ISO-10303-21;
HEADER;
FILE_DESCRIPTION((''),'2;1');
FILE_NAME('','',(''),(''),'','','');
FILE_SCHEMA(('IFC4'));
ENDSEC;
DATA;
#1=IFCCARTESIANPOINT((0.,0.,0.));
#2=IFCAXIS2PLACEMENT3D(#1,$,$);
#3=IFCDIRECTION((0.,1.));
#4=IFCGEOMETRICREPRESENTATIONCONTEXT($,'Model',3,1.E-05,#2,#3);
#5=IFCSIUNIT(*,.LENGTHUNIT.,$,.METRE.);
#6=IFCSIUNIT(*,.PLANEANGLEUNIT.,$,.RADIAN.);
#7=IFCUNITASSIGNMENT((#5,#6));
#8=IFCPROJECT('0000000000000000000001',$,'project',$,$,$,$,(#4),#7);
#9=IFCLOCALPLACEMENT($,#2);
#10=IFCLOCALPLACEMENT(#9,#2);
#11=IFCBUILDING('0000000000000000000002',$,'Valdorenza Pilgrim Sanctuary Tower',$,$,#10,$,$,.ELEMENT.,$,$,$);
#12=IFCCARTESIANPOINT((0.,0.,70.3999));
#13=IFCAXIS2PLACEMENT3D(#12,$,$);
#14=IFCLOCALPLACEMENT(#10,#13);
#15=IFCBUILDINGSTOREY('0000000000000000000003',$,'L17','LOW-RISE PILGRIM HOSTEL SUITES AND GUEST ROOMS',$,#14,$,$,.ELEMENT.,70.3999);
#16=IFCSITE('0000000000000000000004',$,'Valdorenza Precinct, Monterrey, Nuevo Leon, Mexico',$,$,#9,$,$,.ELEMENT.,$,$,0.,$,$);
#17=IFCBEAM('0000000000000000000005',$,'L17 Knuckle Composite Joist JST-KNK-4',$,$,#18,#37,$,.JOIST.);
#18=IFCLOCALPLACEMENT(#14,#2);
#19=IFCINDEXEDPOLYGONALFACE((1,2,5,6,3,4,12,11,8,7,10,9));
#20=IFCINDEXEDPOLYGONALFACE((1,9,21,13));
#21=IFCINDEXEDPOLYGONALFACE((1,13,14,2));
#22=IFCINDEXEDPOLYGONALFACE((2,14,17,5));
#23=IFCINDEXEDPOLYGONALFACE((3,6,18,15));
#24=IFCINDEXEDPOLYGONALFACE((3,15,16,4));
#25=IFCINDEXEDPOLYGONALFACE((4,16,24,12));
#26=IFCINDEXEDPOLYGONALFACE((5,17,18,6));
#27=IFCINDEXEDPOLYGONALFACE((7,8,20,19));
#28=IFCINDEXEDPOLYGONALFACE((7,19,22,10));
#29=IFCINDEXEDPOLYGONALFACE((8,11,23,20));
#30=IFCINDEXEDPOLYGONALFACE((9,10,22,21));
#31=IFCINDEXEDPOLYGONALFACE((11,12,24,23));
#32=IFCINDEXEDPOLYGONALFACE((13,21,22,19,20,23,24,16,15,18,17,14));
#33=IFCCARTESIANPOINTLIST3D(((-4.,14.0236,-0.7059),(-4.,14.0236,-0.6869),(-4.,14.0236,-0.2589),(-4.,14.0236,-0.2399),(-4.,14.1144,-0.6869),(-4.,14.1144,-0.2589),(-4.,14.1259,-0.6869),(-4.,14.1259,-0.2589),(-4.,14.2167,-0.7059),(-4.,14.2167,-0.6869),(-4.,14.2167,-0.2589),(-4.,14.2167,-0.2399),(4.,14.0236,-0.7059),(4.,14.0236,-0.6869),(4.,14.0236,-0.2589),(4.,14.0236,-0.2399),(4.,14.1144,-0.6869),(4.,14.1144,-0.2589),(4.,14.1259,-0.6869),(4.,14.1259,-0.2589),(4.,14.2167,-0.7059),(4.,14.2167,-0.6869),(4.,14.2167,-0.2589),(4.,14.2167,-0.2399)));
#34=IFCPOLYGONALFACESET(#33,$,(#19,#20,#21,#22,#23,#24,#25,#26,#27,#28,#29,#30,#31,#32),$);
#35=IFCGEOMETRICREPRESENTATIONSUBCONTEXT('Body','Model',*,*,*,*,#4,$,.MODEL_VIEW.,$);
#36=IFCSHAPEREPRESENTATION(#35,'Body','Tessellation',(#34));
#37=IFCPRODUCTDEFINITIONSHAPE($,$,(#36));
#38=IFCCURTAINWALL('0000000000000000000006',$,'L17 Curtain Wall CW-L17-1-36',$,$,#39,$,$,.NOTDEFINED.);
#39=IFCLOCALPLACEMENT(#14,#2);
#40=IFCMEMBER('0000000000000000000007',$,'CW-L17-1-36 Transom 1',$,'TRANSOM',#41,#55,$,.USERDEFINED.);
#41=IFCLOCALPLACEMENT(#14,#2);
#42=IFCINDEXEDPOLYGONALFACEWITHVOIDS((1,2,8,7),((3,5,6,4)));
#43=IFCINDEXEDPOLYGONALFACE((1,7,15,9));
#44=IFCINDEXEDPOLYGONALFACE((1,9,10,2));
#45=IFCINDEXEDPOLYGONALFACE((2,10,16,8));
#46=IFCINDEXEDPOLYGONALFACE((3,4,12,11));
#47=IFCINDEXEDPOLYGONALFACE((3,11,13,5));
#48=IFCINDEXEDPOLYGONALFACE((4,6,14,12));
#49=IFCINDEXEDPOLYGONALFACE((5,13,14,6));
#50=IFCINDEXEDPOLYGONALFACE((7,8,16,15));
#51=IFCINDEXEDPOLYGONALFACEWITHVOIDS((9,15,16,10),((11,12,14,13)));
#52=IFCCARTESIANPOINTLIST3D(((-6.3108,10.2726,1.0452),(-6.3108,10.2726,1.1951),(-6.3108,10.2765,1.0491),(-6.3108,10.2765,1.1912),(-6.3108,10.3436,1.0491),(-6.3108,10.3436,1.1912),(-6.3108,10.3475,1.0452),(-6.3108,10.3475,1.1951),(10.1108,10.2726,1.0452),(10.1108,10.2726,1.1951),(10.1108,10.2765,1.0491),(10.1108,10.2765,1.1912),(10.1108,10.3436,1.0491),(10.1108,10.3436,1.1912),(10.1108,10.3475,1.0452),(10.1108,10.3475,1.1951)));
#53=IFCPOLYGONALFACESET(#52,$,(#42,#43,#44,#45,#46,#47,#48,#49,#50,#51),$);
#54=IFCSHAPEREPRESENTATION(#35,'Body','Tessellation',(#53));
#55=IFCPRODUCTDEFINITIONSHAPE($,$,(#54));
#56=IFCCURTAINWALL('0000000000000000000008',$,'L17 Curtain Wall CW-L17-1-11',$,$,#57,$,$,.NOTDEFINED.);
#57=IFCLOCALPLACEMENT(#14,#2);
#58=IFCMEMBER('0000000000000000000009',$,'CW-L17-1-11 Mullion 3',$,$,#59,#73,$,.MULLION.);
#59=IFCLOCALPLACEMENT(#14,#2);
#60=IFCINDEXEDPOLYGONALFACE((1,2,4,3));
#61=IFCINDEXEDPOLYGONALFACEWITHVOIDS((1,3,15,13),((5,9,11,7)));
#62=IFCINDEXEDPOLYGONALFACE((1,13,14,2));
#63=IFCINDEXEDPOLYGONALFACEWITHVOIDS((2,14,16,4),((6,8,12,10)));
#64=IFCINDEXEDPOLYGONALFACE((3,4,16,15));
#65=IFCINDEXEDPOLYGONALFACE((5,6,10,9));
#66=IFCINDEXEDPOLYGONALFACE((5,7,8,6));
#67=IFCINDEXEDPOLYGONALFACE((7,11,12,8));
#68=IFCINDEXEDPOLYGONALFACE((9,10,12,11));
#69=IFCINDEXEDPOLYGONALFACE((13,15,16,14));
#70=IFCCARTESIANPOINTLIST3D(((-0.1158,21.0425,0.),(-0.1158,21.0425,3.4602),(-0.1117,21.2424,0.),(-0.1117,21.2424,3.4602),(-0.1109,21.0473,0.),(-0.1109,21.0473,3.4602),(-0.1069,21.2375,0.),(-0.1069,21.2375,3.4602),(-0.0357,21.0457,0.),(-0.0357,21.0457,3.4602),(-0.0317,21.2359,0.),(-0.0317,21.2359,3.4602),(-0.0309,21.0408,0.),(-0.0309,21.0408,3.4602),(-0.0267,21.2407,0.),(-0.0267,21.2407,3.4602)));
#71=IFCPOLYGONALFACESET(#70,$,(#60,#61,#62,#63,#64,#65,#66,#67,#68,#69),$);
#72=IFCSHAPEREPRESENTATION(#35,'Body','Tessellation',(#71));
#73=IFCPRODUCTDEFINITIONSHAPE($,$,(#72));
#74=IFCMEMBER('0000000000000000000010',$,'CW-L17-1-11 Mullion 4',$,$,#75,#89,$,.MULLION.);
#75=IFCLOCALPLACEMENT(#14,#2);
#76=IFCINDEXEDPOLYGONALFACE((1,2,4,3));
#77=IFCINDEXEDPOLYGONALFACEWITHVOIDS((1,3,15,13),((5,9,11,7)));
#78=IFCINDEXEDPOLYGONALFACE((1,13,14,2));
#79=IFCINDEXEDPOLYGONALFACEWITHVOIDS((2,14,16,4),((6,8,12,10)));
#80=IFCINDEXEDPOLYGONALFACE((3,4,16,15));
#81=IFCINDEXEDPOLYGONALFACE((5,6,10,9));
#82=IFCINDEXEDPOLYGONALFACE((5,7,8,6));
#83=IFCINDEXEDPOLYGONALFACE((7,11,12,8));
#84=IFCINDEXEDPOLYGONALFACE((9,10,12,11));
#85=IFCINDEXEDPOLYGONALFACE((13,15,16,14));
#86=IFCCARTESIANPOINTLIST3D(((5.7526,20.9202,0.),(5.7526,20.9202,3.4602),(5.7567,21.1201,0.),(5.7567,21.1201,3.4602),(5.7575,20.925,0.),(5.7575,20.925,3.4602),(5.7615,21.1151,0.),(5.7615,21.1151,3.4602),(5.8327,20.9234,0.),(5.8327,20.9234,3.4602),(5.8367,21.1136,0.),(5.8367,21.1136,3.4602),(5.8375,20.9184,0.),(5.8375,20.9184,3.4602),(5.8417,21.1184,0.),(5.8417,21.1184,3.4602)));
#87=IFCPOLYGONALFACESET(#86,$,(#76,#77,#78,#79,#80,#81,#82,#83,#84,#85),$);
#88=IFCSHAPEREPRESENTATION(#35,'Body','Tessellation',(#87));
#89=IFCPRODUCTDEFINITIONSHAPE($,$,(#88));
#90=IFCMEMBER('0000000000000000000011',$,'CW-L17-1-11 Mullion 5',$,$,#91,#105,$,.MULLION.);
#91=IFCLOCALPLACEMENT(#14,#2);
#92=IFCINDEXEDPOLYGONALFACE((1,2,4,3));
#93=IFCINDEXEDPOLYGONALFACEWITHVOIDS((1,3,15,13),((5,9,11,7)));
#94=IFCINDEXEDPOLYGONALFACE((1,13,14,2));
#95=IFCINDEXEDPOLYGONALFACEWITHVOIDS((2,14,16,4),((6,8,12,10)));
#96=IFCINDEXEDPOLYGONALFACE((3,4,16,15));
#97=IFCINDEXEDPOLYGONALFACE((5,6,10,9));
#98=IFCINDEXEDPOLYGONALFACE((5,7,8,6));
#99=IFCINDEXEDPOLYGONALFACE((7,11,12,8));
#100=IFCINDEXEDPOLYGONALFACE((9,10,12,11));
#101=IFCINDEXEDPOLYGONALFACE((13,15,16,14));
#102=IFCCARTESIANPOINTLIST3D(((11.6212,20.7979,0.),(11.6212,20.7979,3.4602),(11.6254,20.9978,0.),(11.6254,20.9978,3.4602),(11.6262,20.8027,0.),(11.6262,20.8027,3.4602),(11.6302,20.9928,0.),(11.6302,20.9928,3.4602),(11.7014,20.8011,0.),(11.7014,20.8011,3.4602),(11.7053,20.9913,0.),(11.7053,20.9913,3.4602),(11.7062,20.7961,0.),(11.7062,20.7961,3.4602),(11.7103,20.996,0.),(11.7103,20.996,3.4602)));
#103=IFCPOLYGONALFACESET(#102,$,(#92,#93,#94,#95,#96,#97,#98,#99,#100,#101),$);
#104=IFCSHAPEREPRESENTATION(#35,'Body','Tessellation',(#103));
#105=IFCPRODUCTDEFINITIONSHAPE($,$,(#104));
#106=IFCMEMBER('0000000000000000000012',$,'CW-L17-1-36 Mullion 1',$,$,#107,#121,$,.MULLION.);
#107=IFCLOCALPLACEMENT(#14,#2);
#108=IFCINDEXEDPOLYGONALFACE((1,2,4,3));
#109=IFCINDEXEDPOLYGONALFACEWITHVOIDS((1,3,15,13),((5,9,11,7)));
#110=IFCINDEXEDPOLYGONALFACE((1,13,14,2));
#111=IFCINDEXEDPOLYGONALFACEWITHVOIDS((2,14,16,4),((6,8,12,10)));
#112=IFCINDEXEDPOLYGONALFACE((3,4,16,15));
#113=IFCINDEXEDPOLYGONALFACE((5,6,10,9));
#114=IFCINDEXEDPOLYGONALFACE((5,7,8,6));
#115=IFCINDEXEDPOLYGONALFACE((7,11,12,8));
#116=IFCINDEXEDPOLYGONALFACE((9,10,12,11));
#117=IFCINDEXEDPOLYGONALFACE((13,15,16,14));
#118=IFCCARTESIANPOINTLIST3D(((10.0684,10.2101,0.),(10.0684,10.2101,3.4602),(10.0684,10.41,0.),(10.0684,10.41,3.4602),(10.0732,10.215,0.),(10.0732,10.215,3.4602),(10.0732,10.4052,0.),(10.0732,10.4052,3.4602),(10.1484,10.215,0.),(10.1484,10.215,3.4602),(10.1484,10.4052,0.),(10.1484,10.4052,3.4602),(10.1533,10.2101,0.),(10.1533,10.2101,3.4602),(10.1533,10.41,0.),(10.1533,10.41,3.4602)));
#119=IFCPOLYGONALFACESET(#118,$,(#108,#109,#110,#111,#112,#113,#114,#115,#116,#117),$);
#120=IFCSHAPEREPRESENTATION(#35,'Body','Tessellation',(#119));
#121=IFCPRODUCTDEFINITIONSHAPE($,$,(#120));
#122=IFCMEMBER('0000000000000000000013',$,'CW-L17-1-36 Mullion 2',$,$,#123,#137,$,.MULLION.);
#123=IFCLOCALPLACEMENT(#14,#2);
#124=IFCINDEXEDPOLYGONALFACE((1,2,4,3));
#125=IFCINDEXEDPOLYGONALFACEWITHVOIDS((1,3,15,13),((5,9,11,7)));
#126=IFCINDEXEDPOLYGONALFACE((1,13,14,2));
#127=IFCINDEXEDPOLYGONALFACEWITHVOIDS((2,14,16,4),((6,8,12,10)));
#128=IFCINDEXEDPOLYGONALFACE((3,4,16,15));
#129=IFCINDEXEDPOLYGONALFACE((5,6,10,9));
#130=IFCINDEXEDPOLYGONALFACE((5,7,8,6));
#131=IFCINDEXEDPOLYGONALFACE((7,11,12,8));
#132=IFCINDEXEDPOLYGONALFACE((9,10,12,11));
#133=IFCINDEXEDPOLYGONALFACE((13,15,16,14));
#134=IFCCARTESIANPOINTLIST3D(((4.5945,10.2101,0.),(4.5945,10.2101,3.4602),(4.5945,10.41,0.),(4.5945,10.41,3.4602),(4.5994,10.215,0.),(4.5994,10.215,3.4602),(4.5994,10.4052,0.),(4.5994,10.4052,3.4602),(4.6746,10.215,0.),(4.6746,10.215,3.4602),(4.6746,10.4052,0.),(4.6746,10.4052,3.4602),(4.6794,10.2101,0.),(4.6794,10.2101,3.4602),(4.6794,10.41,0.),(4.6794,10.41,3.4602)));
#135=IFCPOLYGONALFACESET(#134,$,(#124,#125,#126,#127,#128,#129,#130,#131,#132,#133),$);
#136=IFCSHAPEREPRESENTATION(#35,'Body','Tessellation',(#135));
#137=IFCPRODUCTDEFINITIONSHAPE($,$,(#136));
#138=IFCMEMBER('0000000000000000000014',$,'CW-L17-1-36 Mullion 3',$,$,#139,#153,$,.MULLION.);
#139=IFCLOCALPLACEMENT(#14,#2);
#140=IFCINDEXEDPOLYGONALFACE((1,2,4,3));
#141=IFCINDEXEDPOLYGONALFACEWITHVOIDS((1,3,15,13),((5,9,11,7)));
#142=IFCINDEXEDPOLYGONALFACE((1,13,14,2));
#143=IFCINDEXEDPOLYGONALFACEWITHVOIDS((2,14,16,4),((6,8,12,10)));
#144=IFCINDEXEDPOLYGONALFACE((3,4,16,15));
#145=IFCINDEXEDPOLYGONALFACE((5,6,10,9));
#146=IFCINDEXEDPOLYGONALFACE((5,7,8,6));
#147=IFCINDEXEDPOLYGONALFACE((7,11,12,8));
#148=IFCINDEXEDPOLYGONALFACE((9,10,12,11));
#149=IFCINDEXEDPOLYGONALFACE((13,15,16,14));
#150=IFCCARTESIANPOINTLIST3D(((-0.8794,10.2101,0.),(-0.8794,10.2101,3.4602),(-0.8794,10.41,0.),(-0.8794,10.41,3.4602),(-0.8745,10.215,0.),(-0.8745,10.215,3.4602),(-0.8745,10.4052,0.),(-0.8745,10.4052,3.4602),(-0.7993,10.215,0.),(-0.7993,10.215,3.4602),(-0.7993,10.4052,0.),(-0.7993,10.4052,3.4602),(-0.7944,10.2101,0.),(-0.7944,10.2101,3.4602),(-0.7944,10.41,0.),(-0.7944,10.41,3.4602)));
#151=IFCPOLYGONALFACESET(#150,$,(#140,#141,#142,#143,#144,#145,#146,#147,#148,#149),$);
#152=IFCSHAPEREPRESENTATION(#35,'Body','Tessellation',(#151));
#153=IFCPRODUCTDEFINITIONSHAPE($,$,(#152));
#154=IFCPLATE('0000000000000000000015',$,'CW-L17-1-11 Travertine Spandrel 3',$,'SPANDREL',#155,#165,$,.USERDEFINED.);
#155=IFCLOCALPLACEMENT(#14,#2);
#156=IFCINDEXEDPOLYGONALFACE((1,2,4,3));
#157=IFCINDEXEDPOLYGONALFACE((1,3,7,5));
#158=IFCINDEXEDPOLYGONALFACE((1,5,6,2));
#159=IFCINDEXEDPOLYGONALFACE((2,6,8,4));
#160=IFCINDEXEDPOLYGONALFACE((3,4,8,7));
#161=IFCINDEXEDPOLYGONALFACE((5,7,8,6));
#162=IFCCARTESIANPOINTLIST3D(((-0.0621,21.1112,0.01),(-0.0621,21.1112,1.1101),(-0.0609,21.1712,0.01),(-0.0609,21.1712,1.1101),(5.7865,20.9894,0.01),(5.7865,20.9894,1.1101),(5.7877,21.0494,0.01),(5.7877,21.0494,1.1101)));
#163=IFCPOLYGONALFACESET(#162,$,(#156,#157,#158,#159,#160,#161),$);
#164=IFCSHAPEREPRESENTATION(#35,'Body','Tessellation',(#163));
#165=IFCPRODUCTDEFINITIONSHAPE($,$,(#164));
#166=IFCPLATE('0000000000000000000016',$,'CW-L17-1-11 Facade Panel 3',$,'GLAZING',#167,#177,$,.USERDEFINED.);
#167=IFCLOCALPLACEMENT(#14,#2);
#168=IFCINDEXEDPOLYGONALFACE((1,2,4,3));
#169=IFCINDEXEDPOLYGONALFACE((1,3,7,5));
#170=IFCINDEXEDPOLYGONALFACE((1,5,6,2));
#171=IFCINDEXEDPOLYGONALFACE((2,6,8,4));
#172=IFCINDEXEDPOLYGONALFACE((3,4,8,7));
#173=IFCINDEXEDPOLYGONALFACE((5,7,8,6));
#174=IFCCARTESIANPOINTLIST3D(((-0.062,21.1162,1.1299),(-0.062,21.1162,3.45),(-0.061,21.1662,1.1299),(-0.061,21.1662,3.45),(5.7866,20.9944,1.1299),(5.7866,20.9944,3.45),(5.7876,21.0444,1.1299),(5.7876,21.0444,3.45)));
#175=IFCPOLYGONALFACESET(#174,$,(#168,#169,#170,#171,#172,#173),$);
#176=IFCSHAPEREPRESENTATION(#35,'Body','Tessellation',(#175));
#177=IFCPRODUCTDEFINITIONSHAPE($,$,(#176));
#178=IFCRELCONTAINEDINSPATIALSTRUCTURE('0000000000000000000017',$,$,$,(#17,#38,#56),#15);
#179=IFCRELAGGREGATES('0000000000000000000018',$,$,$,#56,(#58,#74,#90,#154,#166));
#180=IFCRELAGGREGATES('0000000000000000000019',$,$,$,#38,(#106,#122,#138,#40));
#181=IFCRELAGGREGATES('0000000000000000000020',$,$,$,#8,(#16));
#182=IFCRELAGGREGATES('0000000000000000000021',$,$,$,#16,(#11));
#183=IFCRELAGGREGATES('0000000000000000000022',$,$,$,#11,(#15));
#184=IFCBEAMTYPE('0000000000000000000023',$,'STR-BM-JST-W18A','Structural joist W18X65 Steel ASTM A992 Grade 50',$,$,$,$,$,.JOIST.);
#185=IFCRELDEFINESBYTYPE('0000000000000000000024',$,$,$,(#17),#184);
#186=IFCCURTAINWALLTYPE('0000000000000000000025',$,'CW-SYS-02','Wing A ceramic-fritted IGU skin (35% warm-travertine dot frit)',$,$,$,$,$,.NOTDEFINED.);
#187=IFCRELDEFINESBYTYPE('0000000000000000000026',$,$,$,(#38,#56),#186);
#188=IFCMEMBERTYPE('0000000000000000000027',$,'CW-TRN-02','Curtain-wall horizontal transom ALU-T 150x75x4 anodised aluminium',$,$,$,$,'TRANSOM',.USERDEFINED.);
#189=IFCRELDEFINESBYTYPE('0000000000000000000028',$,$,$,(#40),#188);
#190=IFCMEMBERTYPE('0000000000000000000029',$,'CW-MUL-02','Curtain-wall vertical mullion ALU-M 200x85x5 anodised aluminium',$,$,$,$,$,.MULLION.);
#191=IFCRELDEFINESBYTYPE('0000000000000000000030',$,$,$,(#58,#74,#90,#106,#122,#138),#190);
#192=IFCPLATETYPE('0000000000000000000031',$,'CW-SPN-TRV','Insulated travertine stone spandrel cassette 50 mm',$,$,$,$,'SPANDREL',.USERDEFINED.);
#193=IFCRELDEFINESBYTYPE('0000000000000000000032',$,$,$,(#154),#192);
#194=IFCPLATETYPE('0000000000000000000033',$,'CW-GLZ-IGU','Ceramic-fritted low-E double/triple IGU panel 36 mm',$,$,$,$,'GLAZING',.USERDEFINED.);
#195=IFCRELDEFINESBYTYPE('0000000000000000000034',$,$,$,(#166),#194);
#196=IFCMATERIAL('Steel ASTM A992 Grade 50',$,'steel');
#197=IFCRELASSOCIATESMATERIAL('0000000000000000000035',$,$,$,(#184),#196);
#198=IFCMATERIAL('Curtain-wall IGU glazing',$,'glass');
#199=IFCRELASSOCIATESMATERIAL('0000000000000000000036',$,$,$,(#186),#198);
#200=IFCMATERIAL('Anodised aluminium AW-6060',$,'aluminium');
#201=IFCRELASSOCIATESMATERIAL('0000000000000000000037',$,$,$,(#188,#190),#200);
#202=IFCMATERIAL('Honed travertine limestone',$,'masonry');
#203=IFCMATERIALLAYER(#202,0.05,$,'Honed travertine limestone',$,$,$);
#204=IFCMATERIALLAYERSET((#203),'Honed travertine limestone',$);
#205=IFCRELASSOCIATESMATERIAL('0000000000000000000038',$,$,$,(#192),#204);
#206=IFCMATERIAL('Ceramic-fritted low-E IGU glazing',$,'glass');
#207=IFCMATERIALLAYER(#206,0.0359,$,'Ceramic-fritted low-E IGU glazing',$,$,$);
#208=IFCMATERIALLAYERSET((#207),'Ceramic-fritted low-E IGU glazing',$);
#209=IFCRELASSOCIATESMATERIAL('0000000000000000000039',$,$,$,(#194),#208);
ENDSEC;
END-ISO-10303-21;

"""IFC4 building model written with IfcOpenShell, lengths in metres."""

from ifc_helpers import new_model, si_unit, direction, frame, origin, origin_2d, place, context, subcontext, project, spatial, rectangle, hollow_rectangle, i_section, extrude, source, transform, mapped, material, layer, layer_set, material_profile, profile_set, type_object, element, aggregate, save


model = new_model("IFC4")

# Units and contexts
model_context = context("Model", 3, precision=1e-05, world=origin(), true_north=direction((0.0, 1.0)))
body_context = subcontext(model_context, "Body", "Model", "MODEL_VIEW")
ifc_project = project(units=[si_unit("LENGTHUNIT", "METRE"), si_unit("PLANEANGLEUNIT", "RADIAN")], contexts=[model_context])

# Site, building, storey
site_placement = place(None, origin())
site = spatial("IfcSite", under=ifc_project, at=site_placement, Name="Valdorenza Precinct, Monterrey, Nuevo Leon, Mexico", CompositionType="ELEMENT", RefElevation=0.0)
building_placement = place(site_placement, origin())
building = spatial("IfcBuilding", under=site, at=building_placement, Name="Valdorenza Pilgrim Sanctuary Tower", CompositionType="ELEMENT")
storey_placement = place(building_placement, frame((0.0, 0.0, 70.3999)))
storey = spatial("IfcBuildingStorey", under=building, at=storey_placement, Name="L17", Description="LOW-RISE PILGRIM HOSTEL SUITES AND GUEST ROOMS", CompositionType="ELEMENT", Elevation=70.3999)

# Shared definitions
ifc_material_1 = material(Name="Steel ASTM A992 Grade 50", Category="steel")

# Beam
ifc_material_profile_1 = material_profile(ifc_material_1, i_section(OverallWidth=0.1931, OverallDepth=0.4661, WebThickness=0.0115, FlangeThickness=0.019, at=origin_2d()), Name="W18X65")
ifc_profile_set_1 = profile_set([ifc_material_profile_1], Name="Steel ASTM A992 Grade 50")
beam_type_1 = type_object("IfcBeamType", Name="STR-BM-JST-W18A", Description="Structural joist W18X65 Steel ASTM A992 Grade 50", PredefinedType="JOIST", material=ifc_profile_set_1)
shared_shape_1 = source(origin(), body_context, "Body", "SweptSolid", [
    extrude(i_section(OverallWidth=0.1931, OverallDepth=0.4661, WebThickness=0.0115, FlangeThickness=0.019, at=origin_2d()), origin(), (0.0, 0.0, 1.0), 8.0),
])
for number, where, z_axis, x_axis, name in (
    (1, (-4.0, 14.1201, -0.4729), (1.0, 0.0, 0.0), (0.0, 1.0, 0.0), "L17 Knuckle Composite Joist JST-KNK-4"),
):
    element("IfcBeam", number, at=place(storey_placement, frame(where, z_axis=z_axis, x_axis=x_axis)), inside=storey, type_object=beam_type_1, Name=name, PredefinedType="JOIST", context=body_context, shape_type="MappedRepresentation", body=[
        mapped(shared_shape_1, transform((0.0, 0.0, 0.0), x_axis=(1.0, 0.0, 0.0), y_axis=(0.0, 1.0, 0.0), z_axis=(0.0, 0.0, 1.0), scale=1.0)),
    ])

# Curtain wall, member
ifc_material_2 = material(Name="Curtain-wall IGU glazing", Category="glass")
curtain_wall_type = type_object("IfcCurtainWallType", Name="CW-SYS-02", Description="Wing A ceramic-fritted IGU skin (35% warm-travertine dot frit)", PredefinedType="NOTDEFINED", material=ifc_material_2)
curtain_wall_1_placement = place(storey_placement, origin())
curtain_wall_1 = element("IfcCurtainWall", 2, at=curtain_wall_1_placement, inside=storey, type_object=curtain_wall_type, Name="L17 Curtain Wall CW-L17-1-36", PredefinedType="NOTDEFINED")
ifc_material_3 = material(Name="Anodised aluminium AW-6060", Category="aluminium")
ifc_material_profile_2 = material_profile(ifc_material_3, hollow_rectangle(XDim=0.075, YDim=0.1499, WallThickness=0.0039, at=origin_2d()), Name="ALU-T 150x75x4")
ifc_profile_set_2 = profile_set([ifc_material_profile_2], Name="Anodised aluminium AW-6060")
member_type_1 = type_object("IfcMemberType", Name="CW-TRN-02", Description="Curtain-wall horizontal transom ALU-T 150x75x4 anodised aluminium", ElementType="TRANSOM", PredefinedType="USERDEFINED", material=ifc_profile_set_2)
shared_shape_2 = source(origin(), body_context, "Body", "SweptSolid", [
    extrude(hollow_rectangle(XDim=0.075, YDim=0.1499, WallThickness=0.0039, at=origin_2d()), origin(), (0.0, 0.0, 1.0), 16.4216),
])
member_1_placement = place(storey_placement, frame((10.1108, 10.3101, 1.1201), z_axis=(-1.0, 0.0, 0.0), x_axis=(0.0, -1.0, 0.0)))
member_1 = element("IfcMember", 3, at=member_1_placement, type_object=member_type_1, Name="CW-L17-1-36 Transom 1", ObjectType="TRANSOM", PredefinedType="USERDEFINED", context=body_context, shape_type="MappedRepresentation", body=[
    mapped(shared_shape_2, transform((0.0, 0.0, 0.0), x_axis=(1.0, 0.0, 0.0), y_axis=(0.0, 1.0, 0.0), z_axis=(0.0, 0.0, 1.0), scale=1.0)),
])

# Curtain wall, members
curtain_wall_2_placement = place(storey_placement, origin())
curtain_wall_2 = element("IfcCurtainWall", 4, at=curtain_wall_2_placement, inside=storey, type_object=curtain_wall_type, Name="L17 Curtain Wall CW-L17-1-11", PredefinedType="NOTDEFINED")
ifc_material_profile_3 = material_profile(ifc_material_3, hollow_rectangle(XDim=0.085, YDim=0.2, WallThickness=0.0049, at=origin_2d()), Name="ALU-M 200x85x5")
ifc_profile_set_3 = profile_set([ifc_material_profile_3], Name="Anodised aluminium AW-6060")
member_type_2 = type_object("IfcMemberType", Name="CW-MUL-02", Description="Curtain-wall vertical mullion ALU-M 200x85x5 anodised aluminium", PredefinedType="MULLION", material=ifc_profile_set_3)
shared_shape_3 = source(origin(), body_context, "Body", "SweptSolid", [
    extrude(hollow_rectangle(XDim=0.085, YDim=0.2, WallThickness=0.0049, at=origin_2d()), origin(), (0.0, 0.0, 1.0), 3.4602),
])
member_2_placement = place(storey_placement, frame((-0.0713, 21.1416, 0.0), z_axis=(0.0, 0.0, 1.0), x_axis=(0.999783, -0.02082, 0.0)))
member_2 = element("IfcMember", 5, at=member_2_placement, type_object=member_type_2, Name="CW-L17-1-11 Mullion 3", PredefinedType="MULLION", context=body_context, shape_type="MappedRepresentation", body=[
    mapped(shared_shape_3, transform((0.0, 0.0, 0.0), x_axis=(1.0, 0.0, 0.0), y_axis=(0.0, 1.0, 0.0), z_axis=(0.0, 0.0, 1.0), scale=1.0)),
])
member_3_placement = place(storey_placement, frame((5.7971, 21.0193, 0.0), z_axis=(0.0, 0.0, 1.0), x_axis=(0.999783, -0.02082, 0.0)))
member_3 = element("IfcMember", 6, at=member_3_placement, type_object=member_type_2, Name="CW-L17-1-11 Mullion 4", PredefinedType="MULLION", context=body_context, shape_type="MappedRepresentation", body=[
    mapped(shared_shape_3, transform((0.0, 0.0, 0.0), x_axis=(1.0, 0.0, 0.0), y_axis=(0.0, 1.0, 0.0), z_axis=(0.0, 0.0, 1.0), scale=1.0)),
])
member_4_placement = place(storey_placement, frame((11.6658, 20.897, 0.0), z_axis=(0.0, 0.0, 1.0), x_axis=(0.999783, -0.02082, 0.0)))
member_4 = element("IfcMember", 7, at=member_4_placement, type_object=member_type_2, Name="CW-L17-1-11 Mullion 5", PredefinedType="MULLION", context=body_context, shape_type="MappedRepresentation", body=[
    mapped(shared_shape_3, transform((0.0, 0.0, 0.0), x_axis=(1.0, 0.0, 0.0), y_axis=(0.0, 1.0, 0.0), z_axis=(0.0, 0.0, 1.0), scale=1.0)),
])

# Members
member_5_placement = place(storey_placement, frame((10.1108, 10.3101, 0.0), z_axis=(0.0, 0.0, 1.0), x_axis=(-1.0, 0.0, 0.0)))
member_5 = element("IfcMember", 8, at=member_5_placement, type_object=member_type_2, Name="CW-L17-1-36 Mullion 1", PredefinedType="MULLION", context=body_context, shape_type="MappedRepresentation", body=[
    mapped(shared_shape_3, transform((0.0, 0.0, 0.0), x_axis=(1.0, 0.0, 0.0), y_axis=(0.0, 1.0, 0.0), z_axis=(0.0, 0.0, 1.0), scale=1.0)),
])
member_6_placement = place(storey_placement, frame((4.637, 10.3101, 0.0), z_axis=(0.0, 0.0, 1.0), x_axis=(-1.0, 0.0, 0.0)))
member_6 = element("IfcMember", 9, at=member_6_placement, type_object=member_type_2, Name="CW-L17-1-36 Mullion 2", PredefinedType="MULLION", context=body_context, shape_type="MappedRepresentation", body=[
    mapped(shared_shape_3, transform((0.0, 0.0, 0.0), x_axis=(1.0, 0.0, 0.0), y_axis=(0.0, 1.0, 0.0), z_axis=(0.0, 0.0, 1.0), scale=1.0)),
])
member_7_placement = place(storey_placement, frame((-0.8369, 10.3101, 0.0), z_axis=(0.0, 0.0, 1.0), x_axis=(-1.0, 0.0, 0.0)))
member_7 = element("IfcMember", 10, at=member_7_placement, type_object=member_type_2, Name="CW-L17-1-36 Mullion 3", PredefinedType="MULLION", context=body_context, shape_type="MappedRepresentation", body=[
    mapped(shared_shape_3, transform((0.0, 0.0, 0.0), x_axis=(1.0, 0.0, 0.0), y_axis=(0.0, 1.0, 0.0), z_axis=(0.0, 0.0, 1.0), scale=1.0)),
])

# Plates
ifc_material_4 = material(Name="Honed travertine limestone", Category="masonry")
ifc_layer_1 = layer(ifc_material_4, 0.05, Name="Honed travertine limestone")
ifc_layer_set_1 = layer_set([ifc_layer_1], Name="Honed travertine limestone")
plate_type_1 = type_object("IfcPlateType", Name="CW-SPN-TRV", Description="Insulated travertine stone spandrel cassette 50 mm", ElementType="SPANDREL", PredefinedType="USERDEFINED", material=ifc_layer_set_1)
shared_shape_4 = source(origin(), body_context, "Body", "SweptSolid", [
    extrude(rectangle(XDim=5.8499, YDim=0.0601, at=origin_2d()), origin(), (0.0, 0.0, 1.0), 1.1001),
])
plate_1_placement = place(storey_placement, frame((2.8628, 21.0803, 0.01), z_axis=(0.0, 0.0, 1.0), x_axis=(0.999783, -0.02082, 0.0)))
plate_1 = element("IfcPlate", 11, at=plate_1_placement, type_object=plate_type_1, Name="CW-L17-1-11 Travertine Spandrel 3", ObjectType="SPANDREL", PredefinedType="USERDEFINED", context=body_context, shape_type="MappedRepresentation", body=[
    mapped(shared_shape_4, transform((0.0, 0.0, 0.0), x_axis=(1.0, 0.0, 0.0), y_axis=(0.0, 1.0, 0.0), z_axis=(0.0, 0.0, 1.0), scale=1.0)),
])
ifc_material_5 = material(Name="Ceramic-fritted low-E IGU glazing", Category="glass")
ifc_layer_2 = layer(ifc_material_5, 0.0359, Name="Ceramic-fritted low-E IGU glazing")
ifc_layer_set_2 = layer_set([ifc_layer_2], Name="Ceramic-fritted low-E IGU glazing")
plate_type_2 = type_object("IfcPlateType", Name="CW-GLZ-IGU", Description="Ceramic-fritted low-E double/triple IGU panel 36 mm", ElementType="GLAZING", PredefinedType="USERDEFINED", material=ifc_layer_set_2)
shared_shape_5 = source(origin(), body_context, "Body", "SweptSolid", [
    extrude(rectangle(XDim=5.8499, YDim=0.05, at=origin_2d()), origin(), (0.0, 0.0, 1.0), 2.3201),
])
plate_2_placement = place(storey_placement, frame((2.8628, 21.0803, 1.1299), z_axis=(0.0, 0.0, 1.0), x_axis=(0.999783, -0.02082, 0.0)))
plate_2 = element("IfcPlate", 12, at=plate_2_placement, type_object=plate_type_2, Name="CW-L17-1-11 Facade Panel 3", ObjectType="GLAZING", PredefinedType="USERDEFINED", context=body_context, shape_type="MappedRepresentation", body=[
    mapped(shared_shape_5, transform((0.0, 0.0, 0.0), x_axis=(1.0, 0.0, 0.0), y_axis=(0.0, 1.0, 0.0), z_axis=(0.0, 0.0, 1.0), scale=1.0)),
])
aggregate(curtain_wall_2, [member_2, member_3, member_4, plate_1, plate_2])
aggregate(curtain_wall_1, [member_5, member_6, member_7, member_1])

save(model, "model.ifc")
